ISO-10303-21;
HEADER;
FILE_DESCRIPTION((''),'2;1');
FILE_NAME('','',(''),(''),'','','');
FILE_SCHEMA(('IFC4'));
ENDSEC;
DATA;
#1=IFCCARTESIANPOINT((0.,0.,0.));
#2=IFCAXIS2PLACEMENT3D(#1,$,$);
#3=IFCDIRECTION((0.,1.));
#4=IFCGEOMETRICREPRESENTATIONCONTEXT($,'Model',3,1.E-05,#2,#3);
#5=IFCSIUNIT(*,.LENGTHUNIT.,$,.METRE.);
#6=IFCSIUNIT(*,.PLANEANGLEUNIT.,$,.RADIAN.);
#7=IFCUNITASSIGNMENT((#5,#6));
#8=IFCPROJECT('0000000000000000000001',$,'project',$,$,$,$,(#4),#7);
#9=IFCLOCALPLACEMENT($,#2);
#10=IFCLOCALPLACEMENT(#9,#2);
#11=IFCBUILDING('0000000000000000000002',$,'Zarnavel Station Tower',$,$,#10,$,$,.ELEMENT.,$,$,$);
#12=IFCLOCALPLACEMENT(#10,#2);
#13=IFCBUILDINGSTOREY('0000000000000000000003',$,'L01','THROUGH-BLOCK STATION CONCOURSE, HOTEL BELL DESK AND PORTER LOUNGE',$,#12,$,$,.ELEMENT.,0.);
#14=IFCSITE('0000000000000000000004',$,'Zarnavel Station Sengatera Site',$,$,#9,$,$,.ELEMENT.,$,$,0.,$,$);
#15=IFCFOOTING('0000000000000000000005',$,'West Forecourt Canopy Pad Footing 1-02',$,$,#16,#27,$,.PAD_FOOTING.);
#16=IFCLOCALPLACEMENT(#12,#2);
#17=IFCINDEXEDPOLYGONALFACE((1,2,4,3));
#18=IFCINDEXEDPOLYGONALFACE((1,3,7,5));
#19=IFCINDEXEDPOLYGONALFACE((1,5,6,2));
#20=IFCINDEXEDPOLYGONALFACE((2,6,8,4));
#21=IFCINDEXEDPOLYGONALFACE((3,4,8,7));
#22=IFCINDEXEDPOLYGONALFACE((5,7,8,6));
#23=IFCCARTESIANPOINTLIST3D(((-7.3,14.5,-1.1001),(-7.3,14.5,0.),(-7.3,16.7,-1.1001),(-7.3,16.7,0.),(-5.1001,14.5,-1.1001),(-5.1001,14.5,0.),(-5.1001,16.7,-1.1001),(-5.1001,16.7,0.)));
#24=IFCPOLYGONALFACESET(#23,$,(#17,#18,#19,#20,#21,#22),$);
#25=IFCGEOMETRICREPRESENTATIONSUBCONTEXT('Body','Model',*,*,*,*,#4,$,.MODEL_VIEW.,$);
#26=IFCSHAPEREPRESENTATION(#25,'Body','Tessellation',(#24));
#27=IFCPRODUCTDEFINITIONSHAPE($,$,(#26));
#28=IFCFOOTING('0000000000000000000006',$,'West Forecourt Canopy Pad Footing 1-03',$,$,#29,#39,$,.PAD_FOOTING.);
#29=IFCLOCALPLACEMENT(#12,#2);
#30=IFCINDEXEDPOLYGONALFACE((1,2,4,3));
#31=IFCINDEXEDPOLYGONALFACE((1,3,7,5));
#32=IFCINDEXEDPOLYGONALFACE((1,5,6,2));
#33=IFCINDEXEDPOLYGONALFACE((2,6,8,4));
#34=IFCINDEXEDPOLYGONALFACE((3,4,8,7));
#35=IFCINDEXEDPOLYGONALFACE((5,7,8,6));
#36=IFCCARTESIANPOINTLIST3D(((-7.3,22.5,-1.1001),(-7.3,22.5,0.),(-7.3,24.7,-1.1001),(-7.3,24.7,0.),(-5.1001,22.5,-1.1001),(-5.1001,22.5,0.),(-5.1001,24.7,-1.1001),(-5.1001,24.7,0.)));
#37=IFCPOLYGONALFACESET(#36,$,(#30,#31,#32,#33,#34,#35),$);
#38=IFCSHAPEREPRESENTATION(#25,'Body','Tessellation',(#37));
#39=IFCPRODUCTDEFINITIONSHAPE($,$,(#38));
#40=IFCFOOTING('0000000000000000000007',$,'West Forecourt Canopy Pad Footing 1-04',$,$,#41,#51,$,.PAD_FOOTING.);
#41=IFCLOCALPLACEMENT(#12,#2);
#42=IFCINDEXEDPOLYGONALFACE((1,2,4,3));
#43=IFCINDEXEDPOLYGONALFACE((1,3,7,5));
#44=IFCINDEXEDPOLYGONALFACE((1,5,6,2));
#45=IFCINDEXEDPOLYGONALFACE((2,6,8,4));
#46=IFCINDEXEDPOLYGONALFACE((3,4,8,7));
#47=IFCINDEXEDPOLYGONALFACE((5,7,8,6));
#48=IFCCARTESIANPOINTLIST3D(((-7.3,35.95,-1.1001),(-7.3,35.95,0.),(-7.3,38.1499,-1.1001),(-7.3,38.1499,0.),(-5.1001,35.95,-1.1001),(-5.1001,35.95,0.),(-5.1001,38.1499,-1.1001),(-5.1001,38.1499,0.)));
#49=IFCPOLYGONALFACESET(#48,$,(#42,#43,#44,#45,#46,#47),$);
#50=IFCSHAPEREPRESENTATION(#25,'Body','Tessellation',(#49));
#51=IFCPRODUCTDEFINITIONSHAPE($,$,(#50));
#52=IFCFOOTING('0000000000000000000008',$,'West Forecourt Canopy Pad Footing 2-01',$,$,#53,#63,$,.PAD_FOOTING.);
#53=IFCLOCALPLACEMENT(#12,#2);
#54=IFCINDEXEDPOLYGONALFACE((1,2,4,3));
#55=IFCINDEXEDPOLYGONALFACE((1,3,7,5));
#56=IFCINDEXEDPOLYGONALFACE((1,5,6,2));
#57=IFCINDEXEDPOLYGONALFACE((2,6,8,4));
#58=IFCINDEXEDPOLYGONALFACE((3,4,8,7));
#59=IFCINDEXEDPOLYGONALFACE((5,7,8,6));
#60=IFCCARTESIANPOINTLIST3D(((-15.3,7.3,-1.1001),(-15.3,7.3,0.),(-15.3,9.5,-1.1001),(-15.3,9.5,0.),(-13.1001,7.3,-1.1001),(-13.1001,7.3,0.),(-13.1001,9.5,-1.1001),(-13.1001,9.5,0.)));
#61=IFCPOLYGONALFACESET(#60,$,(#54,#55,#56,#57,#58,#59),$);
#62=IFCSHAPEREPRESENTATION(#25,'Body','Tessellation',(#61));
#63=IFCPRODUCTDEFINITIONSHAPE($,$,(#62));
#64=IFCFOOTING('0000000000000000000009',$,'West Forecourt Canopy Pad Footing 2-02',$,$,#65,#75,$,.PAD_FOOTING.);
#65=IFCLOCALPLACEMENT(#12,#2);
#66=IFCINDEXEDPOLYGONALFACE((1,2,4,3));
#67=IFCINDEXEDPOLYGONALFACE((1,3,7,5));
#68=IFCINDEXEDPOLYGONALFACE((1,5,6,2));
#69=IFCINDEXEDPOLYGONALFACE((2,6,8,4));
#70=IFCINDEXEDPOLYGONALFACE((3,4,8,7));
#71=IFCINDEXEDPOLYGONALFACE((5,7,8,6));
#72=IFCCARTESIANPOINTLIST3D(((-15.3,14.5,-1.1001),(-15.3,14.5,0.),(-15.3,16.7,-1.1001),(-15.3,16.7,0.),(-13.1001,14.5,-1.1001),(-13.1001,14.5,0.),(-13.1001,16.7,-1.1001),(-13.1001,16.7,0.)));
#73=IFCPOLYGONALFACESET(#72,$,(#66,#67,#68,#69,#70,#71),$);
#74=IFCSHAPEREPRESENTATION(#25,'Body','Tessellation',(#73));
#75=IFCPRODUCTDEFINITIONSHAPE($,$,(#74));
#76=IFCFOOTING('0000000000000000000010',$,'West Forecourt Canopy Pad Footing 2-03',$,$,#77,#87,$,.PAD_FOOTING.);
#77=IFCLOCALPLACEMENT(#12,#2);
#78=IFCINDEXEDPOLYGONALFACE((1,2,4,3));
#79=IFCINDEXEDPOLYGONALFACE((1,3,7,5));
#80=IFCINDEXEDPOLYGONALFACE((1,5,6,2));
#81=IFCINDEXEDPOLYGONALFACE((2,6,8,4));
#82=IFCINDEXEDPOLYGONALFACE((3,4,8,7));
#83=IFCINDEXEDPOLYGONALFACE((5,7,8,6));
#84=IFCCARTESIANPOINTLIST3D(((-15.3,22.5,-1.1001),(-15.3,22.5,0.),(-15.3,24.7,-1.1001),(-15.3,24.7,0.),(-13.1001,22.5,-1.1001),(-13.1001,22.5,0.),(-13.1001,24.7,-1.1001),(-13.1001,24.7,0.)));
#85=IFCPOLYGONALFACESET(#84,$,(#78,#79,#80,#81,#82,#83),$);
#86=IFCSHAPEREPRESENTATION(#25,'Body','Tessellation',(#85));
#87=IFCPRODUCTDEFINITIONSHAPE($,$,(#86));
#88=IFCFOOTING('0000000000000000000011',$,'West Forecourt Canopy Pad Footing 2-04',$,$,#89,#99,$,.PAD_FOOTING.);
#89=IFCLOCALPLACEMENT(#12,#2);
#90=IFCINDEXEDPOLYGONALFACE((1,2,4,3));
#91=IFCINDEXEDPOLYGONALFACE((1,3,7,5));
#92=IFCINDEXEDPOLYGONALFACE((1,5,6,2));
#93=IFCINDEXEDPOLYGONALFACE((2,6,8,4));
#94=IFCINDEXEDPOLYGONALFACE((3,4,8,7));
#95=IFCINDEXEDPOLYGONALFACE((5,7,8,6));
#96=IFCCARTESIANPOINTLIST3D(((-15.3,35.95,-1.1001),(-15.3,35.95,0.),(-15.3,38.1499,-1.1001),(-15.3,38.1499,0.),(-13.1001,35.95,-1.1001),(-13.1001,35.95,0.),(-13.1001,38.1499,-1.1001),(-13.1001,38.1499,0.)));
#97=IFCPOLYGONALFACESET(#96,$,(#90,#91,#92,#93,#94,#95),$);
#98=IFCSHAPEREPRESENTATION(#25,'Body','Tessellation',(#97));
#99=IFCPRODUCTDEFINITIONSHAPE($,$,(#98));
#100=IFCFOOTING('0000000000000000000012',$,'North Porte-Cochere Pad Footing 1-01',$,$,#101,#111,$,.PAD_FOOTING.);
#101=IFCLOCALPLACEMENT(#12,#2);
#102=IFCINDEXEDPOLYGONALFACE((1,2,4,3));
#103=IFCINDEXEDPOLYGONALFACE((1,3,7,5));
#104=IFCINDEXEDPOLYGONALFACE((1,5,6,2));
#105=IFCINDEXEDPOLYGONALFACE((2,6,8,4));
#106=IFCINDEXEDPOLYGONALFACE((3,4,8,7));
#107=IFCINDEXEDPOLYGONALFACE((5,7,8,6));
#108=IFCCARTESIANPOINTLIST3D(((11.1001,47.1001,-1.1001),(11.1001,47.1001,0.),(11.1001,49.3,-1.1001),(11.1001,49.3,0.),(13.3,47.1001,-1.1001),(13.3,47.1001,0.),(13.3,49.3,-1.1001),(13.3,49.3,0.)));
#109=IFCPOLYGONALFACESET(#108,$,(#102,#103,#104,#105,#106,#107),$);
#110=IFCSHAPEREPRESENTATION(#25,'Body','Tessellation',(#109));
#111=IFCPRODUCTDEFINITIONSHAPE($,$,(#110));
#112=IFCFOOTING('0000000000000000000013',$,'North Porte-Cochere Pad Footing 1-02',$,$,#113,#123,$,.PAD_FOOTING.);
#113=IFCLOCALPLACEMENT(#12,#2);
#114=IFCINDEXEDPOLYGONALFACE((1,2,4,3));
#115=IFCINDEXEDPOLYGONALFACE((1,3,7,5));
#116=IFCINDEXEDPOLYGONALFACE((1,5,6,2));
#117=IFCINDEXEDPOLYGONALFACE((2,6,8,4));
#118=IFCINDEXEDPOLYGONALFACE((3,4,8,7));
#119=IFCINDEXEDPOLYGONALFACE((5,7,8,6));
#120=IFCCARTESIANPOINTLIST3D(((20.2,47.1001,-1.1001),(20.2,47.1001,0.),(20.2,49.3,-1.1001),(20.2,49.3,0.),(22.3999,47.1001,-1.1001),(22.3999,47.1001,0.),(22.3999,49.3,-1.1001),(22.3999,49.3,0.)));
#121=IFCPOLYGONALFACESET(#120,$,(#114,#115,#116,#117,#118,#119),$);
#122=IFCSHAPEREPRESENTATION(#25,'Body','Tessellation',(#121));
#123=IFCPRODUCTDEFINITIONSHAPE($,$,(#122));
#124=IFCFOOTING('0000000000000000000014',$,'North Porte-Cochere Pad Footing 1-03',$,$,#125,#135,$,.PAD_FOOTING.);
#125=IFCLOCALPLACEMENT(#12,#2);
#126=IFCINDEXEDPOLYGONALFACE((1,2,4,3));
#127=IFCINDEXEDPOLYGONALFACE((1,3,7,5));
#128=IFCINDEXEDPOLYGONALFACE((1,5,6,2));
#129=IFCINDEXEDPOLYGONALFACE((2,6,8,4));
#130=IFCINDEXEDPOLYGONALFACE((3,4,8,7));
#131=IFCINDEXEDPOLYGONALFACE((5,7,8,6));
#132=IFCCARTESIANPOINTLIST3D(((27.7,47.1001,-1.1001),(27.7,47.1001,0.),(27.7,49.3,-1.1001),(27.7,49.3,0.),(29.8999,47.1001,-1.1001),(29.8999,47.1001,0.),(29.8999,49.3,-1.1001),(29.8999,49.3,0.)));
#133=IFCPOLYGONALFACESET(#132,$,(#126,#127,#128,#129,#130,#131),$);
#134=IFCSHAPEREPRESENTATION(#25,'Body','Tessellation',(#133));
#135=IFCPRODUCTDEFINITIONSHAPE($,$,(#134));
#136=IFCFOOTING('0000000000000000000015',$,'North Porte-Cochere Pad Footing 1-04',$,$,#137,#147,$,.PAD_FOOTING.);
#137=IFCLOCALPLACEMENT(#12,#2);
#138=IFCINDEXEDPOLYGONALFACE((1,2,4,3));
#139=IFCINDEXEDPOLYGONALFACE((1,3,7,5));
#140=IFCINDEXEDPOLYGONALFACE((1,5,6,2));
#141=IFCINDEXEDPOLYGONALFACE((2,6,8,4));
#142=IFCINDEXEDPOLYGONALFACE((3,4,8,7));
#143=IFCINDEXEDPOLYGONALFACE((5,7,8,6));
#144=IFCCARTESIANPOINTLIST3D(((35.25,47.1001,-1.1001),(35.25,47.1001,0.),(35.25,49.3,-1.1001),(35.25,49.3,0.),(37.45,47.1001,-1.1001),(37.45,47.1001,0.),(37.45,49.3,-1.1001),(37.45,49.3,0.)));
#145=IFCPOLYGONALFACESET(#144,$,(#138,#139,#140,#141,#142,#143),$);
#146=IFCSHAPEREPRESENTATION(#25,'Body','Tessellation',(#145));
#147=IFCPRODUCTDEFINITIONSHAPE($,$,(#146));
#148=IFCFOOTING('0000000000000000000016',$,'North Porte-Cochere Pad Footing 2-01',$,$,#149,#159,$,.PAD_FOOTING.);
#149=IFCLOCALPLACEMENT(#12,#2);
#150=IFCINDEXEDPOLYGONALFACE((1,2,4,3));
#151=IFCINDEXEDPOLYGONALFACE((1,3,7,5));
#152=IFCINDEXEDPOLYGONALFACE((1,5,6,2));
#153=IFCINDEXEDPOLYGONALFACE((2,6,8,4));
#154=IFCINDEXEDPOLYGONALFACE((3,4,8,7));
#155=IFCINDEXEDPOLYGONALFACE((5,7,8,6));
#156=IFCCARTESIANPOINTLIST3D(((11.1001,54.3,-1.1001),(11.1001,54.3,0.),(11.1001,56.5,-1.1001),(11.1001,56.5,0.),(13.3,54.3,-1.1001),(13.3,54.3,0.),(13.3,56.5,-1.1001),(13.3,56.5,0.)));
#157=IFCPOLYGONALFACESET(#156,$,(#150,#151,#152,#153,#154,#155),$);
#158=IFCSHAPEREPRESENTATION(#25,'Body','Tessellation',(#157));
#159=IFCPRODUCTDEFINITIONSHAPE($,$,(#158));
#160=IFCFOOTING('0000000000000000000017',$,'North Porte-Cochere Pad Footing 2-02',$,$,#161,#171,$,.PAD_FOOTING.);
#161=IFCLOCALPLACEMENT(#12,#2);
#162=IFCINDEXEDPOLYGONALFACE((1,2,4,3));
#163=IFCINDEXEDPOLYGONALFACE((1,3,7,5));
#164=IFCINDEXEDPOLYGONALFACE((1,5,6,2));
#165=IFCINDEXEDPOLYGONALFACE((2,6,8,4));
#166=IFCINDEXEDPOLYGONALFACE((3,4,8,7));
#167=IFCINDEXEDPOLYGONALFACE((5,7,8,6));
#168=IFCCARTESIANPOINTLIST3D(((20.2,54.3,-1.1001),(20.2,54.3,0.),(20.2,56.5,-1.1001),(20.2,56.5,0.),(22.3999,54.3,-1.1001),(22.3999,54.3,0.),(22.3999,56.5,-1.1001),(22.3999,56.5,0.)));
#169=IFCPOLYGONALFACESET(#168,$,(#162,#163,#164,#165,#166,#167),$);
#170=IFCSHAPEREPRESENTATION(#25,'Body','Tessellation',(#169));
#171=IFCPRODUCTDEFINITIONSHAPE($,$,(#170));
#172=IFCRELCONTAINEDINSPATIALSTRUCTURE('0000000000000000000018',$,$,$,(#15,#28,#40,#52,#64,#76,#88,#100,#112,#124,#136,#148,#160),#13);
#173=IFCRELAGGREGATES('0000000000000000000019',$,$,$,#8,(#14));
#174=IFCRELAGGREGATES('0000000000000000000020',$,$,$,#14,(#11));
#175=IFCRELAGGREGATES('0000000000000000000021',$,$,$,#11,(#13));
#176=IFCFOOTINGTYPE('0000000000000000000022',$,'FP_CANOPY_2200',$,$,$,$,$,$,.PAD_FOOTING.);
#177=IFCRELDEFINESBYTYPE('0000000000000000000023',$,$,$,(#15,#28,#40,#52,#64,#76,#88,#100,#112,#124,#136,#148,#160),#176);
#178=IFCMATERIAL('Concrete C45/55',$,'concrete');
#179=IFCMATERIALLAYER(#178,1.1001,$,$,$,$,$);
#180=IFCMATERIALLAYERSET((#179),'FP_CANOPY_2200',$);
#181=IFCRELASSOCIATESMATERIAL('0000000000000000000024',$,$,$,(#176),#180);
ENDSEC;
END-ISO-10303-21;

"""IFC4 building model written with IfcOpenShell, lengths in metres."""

from ifc_helpers import new_model, si_unit, direction, frame, origin, place, context, subcontext, project, spatial, polyline, outline, extrude, material, layer, layer_set, type_object, element, save


model = new_model("IFC4")

# Units and contexts
model_context = context("Model", 3, precision=1e-05, world=origin(), true_north=direction((0.0, 1.0)))
body_context = subcontext(model_context, "Body", "Model", "MODEL_VIEW")
ifc_project = project(units=[si_unit("LENGTHUNIT", "METRE"), si_unit("PLANEANGLEUNIT", "RADIAN")], contexts=[model_context])

# Site, building, storey
site_placement = place(None, origin())
site = spatial("IfcSite", under=ifc_project, at=site_placement, Name="Zarnavel Station Sengatera Site", CompositionType="ELEMENT", RefElevation=0.0)
building_placement = place(site_placement, origin())
building = spatial("IfcBuilding", under=site, at=building_placement, Name="Zarnavel Station Tower", CompositionType="ELEMENT")
storey_placement = place(building_placement, origin())
storey = spatial("IfcBuildingStorey", under=building, at=storey_placement, Name="L01", Description="THROUGH-BLOCK STATION CONCOURSE, HOTEL BELL DESK AND PORTER LOUNGE", CompositionType="ELEMENT", Elevation=0.0)

# Footings
ifc_material_1 = material(Name="Concrete C45/55", Category="concrete")
ifc_layer_1 = layer(ifc_material_1, 1.1001)
ifc_layer_set_1 = layer_set([ifc_layer_1], Name="FP_CANOPY_2200")
footing_type_1 = type_object("IfcFootingType", Name="FP_CANOPY_2200", PredefinedType="PAD_FOOTING", material=ifc_layer_set_1)
footing_1_placement = place(storey_placement, frame((0.0, 0.0, -1.1001)))
element("IfcFooting", 1, at=footing_1_placement, inside=storey, type_object=footing_type_1, Name="West Forecourt Canopy Pad Footing 1-02", PredefinedType="PAD_FOOTING", context=body_context, shape_type="SweptSolid", body=[
    extrude(outline(polyline([(-7.3, 14.5), (-5.1001, 14.5), (-5.1001, 16.7), (-7.3, 16.7), (-7.3, 14.5)])), origin(), (0.0, 0.0, 1.0), 1.1001),
])
footing_2_placement = place(storey_placement, frame((0.0, 0.0, -1.1001)))
element("IfcFooting", 2, at=footing_2_placement, inside=storey, type_object=footing_type_1, Name="West Forecourt Canopy Pad Footing 1-03", PredefinedType="PAD_FOOTING", context=body_context, shape_type="SweptSolid", body=[
    extrude(outline(polyline([(-7.3, 22.5), (-5.1001, 22.5), (-5.1001, 24.7), (-7.3, 24.7), (-7.3, 22.5)])), origin(), (0.0, 0.0, 1.0), 1.1001),
])
footing_3_placement = place(storey_placement, frame((0.0, 0.0, -1.1001)))
element("IfcFooting", 3, at=footing_3_placement, inside=storey, type_object=footing_type_1, Name="West Forecourt Canopy Pad Footing 1-04", PredefinedType="PAD_FOOTING", context=body_context, shape_type="SweptSolid", body=[
    extrude(outline(polyline([(-7.3, 35.95), (-5.1001, 35.95), (-5.1001, 38.1499), (-7.3, 38.1499), (-7.3, 35.95)])), origin(), (0.0, 0.0, 1.0), 1.1001),
])
footing_4_placement = place(storey_placement, frame((0.0, 0.0, -1.1001)))
element("IfcFooting", 4, at=footing_4_placement, inside=storey, type_object=footing_type_1, Name="West Forecourt Canopy Pad Footing 2-01", PredefinedType="PAD_FOOTING", context=body_context, shape_type="SweptSolid", body=[
    extrude(outline(polyline([(-15.3, 7.3), (-13.1001, 7.3), (-13.1001, 9.5), (-15.3, 9.5), (-15.3, 7.3)])), origin(), (0.0, 0.0, 1.0), 1.1001),
])
footing_5_placement = place(storey_placement, frame((0.0, 0.0, -1.1001)))
element("IfcFooting", 5, at=footing_5_placement, inside=storey, type_object=footing_type_1, Name="West Forecourt Canopy Pad Footing 2-02", PredefinedType="PAD_FOOTING", context=body_context, shape_type="SweptSolid", body=[
    extrude(outline(polyline([(-15.3, 14.5), (-13.1001, 14.5), (-13.1001, 16.7), (-15.3, 16.7), (-15.3, 14.5)])), origin(), (0.0, 0.0, 1.0), 1.1001),
])
footing_6_placement = place(storey_placement, frame((0.0, 0.0, -1.1001)))
element("IfcFooting", 6, at=footing_6_placement, inside=storey, type_object=footing_type_1, Name="West Forecourt Canopy Pad Footing 2-03", PredefinedType="PAD_FOOTING", context=body_context, shape_type="SweptSolid", body=[
    extrude(outline(polyline([(-15.3, 22.5), (-13.1001, 22.5), (-13.1001, 24.7), (-15.3, 24.7), (-15.3, 22.5)])), origin(), (0.0, 0.0, 1.0), 1.1001),
])
footing_7_placement = place(storey_placement, frame((0.0, 0.0, -1.1001)))
element("IfcFooting", 7, at=footing_7_placement, inside=storey, type_object=footing_type_1, Name="West Forecourt Canopy Pad Footing 2-04", PredefinedType="PAD_FOOTING", context=body_context, shape_type="SweptSolid", body=[
    extrude(outline(polyline([(-15.3, 35.95), (-13.1001, 35.95), (-13.1001, 38.1499), (-15.3, 38.1499), (-15.3, 35.95)])), origin(), (0.0, 0.0, 1.0), 1.1001),
])
footing_8_placement = place(storey_placement, frame((0.0, 0.0, -1.1001)))
element("IfcFooting", 8, at=footing_8_placement, inside=storey, type_object=footing_type_1, Name="North Porte-Cochere Pad Footing 1-01", PredefinedType="PAD_FOOTING", context=body_context, shape_type="SweptSolid", body=[
    extrude(outline(polyline([(11.1001, 47.1001), (13.3, 47.1001), (13.3, 49.3), (11.1001, 49.3), (11.1001, 47.1001)])), origin(), (0.0, 0.0, 1.0), 1.1001),
])
footing_9_placement = place(storey_placement, frame((0.0, 0.0, -1.1001)))
element("IfcFooting", 9, at=footing_9_placement, inside=storey, type_object=footing_type_1, Name="North Porte-Cochere Pad Footing 1-02", PredefinedType="PAD_FOOTING", context=body_context, shape_type="SweptSolid", body=[
    extrude(outline(polyline([(20.2, 47.1001), (22.3999, 47.1001), (22.3999, 49.3), (20.2, 49.3), (20.2, 47.1001)])), origin(), (0.0, 0.0, 1.0), 1.1001),
])
footing_10_placement = place(storey_placement, frame((0.0, 0.0, -1.1001)))
element("IfcFooting", 10, at=footing_10_placement, inside=storey, type_object=footing_type_1, Name="North Porte-Cochere Pad Footing 1-03", PredefinedType="PAD_FOOTING", context=body_context, shape_type="SweptSolid", body=[
    extrude(outline(polyline([(27.7, 47.1001), (29.8999, 47.1001), (29.8999, 49.3), (27.7, 49.3), (27.7, 47.1001)])), origin(), (0.0, 0.0, 1.0), 1.1001),
])
footing_11_placement = place(storey_placement, frame((0.0, 0.0, -1.1001)))
element("IfcFooting", 11, at=footing_11_placement, inside=storey, type_object=footing_type_1, Name="North Porte-Cochere Pad Footing 1-04", PredefinedType="PAD_FOOTING", context=body_context, shape_type="SweptSolid", body=[
    extrude(outline(polyline([(35.25, 47.1001), (37.45, 47.1001), (37.45, 49.3), (35.25, 49.3), (35.25, 47.1001)])), origin(), (0.0, 0.0, 1.0), 1.1001),
])
footing_12_placement = place(storey_placement, frame((0.0, 0.0, -1.1001)))
element("IfcFooting", 12, at=footing_12_placement, inside=storey, type_object=footing_type_1, Name="North Porte-Cochere Pad Footing 2-01", PredefinedType="PAD_FOOTING", context=body_context, shape_type="SweptSolid", body=[
    extrude(outline(polyline([(11.1001, 54.3), (13.3, 54.3), (13.3, 56.5), (11.1001, 56.5), (11.1001, 54.3)])), origin(), (0.0, 0.0, 1.0), 1.1001),
])
footing_13_placement = place(storey_placement, frame((0.0, 0.0, -1.1001)))
element("IfcFooting", 13, at=footing_13_placement, inside=storey, type_object=footing_type_1, Name="North Porte-Cochere Pad Footing 2-02", PredefinedType="PAD_FOOTING", context=body_context, shape_type="SweptSolid", body=[
    extrude(outline(polyline([(20.2, 54.3), (22.3999, 54.3), (22.3999, 56.5), (20.2, 56.5), (20.2, 54.3)])), origin(), (0.0, 0.0, 1.0), 1.1001),
])

save(model, "model.ifc")
